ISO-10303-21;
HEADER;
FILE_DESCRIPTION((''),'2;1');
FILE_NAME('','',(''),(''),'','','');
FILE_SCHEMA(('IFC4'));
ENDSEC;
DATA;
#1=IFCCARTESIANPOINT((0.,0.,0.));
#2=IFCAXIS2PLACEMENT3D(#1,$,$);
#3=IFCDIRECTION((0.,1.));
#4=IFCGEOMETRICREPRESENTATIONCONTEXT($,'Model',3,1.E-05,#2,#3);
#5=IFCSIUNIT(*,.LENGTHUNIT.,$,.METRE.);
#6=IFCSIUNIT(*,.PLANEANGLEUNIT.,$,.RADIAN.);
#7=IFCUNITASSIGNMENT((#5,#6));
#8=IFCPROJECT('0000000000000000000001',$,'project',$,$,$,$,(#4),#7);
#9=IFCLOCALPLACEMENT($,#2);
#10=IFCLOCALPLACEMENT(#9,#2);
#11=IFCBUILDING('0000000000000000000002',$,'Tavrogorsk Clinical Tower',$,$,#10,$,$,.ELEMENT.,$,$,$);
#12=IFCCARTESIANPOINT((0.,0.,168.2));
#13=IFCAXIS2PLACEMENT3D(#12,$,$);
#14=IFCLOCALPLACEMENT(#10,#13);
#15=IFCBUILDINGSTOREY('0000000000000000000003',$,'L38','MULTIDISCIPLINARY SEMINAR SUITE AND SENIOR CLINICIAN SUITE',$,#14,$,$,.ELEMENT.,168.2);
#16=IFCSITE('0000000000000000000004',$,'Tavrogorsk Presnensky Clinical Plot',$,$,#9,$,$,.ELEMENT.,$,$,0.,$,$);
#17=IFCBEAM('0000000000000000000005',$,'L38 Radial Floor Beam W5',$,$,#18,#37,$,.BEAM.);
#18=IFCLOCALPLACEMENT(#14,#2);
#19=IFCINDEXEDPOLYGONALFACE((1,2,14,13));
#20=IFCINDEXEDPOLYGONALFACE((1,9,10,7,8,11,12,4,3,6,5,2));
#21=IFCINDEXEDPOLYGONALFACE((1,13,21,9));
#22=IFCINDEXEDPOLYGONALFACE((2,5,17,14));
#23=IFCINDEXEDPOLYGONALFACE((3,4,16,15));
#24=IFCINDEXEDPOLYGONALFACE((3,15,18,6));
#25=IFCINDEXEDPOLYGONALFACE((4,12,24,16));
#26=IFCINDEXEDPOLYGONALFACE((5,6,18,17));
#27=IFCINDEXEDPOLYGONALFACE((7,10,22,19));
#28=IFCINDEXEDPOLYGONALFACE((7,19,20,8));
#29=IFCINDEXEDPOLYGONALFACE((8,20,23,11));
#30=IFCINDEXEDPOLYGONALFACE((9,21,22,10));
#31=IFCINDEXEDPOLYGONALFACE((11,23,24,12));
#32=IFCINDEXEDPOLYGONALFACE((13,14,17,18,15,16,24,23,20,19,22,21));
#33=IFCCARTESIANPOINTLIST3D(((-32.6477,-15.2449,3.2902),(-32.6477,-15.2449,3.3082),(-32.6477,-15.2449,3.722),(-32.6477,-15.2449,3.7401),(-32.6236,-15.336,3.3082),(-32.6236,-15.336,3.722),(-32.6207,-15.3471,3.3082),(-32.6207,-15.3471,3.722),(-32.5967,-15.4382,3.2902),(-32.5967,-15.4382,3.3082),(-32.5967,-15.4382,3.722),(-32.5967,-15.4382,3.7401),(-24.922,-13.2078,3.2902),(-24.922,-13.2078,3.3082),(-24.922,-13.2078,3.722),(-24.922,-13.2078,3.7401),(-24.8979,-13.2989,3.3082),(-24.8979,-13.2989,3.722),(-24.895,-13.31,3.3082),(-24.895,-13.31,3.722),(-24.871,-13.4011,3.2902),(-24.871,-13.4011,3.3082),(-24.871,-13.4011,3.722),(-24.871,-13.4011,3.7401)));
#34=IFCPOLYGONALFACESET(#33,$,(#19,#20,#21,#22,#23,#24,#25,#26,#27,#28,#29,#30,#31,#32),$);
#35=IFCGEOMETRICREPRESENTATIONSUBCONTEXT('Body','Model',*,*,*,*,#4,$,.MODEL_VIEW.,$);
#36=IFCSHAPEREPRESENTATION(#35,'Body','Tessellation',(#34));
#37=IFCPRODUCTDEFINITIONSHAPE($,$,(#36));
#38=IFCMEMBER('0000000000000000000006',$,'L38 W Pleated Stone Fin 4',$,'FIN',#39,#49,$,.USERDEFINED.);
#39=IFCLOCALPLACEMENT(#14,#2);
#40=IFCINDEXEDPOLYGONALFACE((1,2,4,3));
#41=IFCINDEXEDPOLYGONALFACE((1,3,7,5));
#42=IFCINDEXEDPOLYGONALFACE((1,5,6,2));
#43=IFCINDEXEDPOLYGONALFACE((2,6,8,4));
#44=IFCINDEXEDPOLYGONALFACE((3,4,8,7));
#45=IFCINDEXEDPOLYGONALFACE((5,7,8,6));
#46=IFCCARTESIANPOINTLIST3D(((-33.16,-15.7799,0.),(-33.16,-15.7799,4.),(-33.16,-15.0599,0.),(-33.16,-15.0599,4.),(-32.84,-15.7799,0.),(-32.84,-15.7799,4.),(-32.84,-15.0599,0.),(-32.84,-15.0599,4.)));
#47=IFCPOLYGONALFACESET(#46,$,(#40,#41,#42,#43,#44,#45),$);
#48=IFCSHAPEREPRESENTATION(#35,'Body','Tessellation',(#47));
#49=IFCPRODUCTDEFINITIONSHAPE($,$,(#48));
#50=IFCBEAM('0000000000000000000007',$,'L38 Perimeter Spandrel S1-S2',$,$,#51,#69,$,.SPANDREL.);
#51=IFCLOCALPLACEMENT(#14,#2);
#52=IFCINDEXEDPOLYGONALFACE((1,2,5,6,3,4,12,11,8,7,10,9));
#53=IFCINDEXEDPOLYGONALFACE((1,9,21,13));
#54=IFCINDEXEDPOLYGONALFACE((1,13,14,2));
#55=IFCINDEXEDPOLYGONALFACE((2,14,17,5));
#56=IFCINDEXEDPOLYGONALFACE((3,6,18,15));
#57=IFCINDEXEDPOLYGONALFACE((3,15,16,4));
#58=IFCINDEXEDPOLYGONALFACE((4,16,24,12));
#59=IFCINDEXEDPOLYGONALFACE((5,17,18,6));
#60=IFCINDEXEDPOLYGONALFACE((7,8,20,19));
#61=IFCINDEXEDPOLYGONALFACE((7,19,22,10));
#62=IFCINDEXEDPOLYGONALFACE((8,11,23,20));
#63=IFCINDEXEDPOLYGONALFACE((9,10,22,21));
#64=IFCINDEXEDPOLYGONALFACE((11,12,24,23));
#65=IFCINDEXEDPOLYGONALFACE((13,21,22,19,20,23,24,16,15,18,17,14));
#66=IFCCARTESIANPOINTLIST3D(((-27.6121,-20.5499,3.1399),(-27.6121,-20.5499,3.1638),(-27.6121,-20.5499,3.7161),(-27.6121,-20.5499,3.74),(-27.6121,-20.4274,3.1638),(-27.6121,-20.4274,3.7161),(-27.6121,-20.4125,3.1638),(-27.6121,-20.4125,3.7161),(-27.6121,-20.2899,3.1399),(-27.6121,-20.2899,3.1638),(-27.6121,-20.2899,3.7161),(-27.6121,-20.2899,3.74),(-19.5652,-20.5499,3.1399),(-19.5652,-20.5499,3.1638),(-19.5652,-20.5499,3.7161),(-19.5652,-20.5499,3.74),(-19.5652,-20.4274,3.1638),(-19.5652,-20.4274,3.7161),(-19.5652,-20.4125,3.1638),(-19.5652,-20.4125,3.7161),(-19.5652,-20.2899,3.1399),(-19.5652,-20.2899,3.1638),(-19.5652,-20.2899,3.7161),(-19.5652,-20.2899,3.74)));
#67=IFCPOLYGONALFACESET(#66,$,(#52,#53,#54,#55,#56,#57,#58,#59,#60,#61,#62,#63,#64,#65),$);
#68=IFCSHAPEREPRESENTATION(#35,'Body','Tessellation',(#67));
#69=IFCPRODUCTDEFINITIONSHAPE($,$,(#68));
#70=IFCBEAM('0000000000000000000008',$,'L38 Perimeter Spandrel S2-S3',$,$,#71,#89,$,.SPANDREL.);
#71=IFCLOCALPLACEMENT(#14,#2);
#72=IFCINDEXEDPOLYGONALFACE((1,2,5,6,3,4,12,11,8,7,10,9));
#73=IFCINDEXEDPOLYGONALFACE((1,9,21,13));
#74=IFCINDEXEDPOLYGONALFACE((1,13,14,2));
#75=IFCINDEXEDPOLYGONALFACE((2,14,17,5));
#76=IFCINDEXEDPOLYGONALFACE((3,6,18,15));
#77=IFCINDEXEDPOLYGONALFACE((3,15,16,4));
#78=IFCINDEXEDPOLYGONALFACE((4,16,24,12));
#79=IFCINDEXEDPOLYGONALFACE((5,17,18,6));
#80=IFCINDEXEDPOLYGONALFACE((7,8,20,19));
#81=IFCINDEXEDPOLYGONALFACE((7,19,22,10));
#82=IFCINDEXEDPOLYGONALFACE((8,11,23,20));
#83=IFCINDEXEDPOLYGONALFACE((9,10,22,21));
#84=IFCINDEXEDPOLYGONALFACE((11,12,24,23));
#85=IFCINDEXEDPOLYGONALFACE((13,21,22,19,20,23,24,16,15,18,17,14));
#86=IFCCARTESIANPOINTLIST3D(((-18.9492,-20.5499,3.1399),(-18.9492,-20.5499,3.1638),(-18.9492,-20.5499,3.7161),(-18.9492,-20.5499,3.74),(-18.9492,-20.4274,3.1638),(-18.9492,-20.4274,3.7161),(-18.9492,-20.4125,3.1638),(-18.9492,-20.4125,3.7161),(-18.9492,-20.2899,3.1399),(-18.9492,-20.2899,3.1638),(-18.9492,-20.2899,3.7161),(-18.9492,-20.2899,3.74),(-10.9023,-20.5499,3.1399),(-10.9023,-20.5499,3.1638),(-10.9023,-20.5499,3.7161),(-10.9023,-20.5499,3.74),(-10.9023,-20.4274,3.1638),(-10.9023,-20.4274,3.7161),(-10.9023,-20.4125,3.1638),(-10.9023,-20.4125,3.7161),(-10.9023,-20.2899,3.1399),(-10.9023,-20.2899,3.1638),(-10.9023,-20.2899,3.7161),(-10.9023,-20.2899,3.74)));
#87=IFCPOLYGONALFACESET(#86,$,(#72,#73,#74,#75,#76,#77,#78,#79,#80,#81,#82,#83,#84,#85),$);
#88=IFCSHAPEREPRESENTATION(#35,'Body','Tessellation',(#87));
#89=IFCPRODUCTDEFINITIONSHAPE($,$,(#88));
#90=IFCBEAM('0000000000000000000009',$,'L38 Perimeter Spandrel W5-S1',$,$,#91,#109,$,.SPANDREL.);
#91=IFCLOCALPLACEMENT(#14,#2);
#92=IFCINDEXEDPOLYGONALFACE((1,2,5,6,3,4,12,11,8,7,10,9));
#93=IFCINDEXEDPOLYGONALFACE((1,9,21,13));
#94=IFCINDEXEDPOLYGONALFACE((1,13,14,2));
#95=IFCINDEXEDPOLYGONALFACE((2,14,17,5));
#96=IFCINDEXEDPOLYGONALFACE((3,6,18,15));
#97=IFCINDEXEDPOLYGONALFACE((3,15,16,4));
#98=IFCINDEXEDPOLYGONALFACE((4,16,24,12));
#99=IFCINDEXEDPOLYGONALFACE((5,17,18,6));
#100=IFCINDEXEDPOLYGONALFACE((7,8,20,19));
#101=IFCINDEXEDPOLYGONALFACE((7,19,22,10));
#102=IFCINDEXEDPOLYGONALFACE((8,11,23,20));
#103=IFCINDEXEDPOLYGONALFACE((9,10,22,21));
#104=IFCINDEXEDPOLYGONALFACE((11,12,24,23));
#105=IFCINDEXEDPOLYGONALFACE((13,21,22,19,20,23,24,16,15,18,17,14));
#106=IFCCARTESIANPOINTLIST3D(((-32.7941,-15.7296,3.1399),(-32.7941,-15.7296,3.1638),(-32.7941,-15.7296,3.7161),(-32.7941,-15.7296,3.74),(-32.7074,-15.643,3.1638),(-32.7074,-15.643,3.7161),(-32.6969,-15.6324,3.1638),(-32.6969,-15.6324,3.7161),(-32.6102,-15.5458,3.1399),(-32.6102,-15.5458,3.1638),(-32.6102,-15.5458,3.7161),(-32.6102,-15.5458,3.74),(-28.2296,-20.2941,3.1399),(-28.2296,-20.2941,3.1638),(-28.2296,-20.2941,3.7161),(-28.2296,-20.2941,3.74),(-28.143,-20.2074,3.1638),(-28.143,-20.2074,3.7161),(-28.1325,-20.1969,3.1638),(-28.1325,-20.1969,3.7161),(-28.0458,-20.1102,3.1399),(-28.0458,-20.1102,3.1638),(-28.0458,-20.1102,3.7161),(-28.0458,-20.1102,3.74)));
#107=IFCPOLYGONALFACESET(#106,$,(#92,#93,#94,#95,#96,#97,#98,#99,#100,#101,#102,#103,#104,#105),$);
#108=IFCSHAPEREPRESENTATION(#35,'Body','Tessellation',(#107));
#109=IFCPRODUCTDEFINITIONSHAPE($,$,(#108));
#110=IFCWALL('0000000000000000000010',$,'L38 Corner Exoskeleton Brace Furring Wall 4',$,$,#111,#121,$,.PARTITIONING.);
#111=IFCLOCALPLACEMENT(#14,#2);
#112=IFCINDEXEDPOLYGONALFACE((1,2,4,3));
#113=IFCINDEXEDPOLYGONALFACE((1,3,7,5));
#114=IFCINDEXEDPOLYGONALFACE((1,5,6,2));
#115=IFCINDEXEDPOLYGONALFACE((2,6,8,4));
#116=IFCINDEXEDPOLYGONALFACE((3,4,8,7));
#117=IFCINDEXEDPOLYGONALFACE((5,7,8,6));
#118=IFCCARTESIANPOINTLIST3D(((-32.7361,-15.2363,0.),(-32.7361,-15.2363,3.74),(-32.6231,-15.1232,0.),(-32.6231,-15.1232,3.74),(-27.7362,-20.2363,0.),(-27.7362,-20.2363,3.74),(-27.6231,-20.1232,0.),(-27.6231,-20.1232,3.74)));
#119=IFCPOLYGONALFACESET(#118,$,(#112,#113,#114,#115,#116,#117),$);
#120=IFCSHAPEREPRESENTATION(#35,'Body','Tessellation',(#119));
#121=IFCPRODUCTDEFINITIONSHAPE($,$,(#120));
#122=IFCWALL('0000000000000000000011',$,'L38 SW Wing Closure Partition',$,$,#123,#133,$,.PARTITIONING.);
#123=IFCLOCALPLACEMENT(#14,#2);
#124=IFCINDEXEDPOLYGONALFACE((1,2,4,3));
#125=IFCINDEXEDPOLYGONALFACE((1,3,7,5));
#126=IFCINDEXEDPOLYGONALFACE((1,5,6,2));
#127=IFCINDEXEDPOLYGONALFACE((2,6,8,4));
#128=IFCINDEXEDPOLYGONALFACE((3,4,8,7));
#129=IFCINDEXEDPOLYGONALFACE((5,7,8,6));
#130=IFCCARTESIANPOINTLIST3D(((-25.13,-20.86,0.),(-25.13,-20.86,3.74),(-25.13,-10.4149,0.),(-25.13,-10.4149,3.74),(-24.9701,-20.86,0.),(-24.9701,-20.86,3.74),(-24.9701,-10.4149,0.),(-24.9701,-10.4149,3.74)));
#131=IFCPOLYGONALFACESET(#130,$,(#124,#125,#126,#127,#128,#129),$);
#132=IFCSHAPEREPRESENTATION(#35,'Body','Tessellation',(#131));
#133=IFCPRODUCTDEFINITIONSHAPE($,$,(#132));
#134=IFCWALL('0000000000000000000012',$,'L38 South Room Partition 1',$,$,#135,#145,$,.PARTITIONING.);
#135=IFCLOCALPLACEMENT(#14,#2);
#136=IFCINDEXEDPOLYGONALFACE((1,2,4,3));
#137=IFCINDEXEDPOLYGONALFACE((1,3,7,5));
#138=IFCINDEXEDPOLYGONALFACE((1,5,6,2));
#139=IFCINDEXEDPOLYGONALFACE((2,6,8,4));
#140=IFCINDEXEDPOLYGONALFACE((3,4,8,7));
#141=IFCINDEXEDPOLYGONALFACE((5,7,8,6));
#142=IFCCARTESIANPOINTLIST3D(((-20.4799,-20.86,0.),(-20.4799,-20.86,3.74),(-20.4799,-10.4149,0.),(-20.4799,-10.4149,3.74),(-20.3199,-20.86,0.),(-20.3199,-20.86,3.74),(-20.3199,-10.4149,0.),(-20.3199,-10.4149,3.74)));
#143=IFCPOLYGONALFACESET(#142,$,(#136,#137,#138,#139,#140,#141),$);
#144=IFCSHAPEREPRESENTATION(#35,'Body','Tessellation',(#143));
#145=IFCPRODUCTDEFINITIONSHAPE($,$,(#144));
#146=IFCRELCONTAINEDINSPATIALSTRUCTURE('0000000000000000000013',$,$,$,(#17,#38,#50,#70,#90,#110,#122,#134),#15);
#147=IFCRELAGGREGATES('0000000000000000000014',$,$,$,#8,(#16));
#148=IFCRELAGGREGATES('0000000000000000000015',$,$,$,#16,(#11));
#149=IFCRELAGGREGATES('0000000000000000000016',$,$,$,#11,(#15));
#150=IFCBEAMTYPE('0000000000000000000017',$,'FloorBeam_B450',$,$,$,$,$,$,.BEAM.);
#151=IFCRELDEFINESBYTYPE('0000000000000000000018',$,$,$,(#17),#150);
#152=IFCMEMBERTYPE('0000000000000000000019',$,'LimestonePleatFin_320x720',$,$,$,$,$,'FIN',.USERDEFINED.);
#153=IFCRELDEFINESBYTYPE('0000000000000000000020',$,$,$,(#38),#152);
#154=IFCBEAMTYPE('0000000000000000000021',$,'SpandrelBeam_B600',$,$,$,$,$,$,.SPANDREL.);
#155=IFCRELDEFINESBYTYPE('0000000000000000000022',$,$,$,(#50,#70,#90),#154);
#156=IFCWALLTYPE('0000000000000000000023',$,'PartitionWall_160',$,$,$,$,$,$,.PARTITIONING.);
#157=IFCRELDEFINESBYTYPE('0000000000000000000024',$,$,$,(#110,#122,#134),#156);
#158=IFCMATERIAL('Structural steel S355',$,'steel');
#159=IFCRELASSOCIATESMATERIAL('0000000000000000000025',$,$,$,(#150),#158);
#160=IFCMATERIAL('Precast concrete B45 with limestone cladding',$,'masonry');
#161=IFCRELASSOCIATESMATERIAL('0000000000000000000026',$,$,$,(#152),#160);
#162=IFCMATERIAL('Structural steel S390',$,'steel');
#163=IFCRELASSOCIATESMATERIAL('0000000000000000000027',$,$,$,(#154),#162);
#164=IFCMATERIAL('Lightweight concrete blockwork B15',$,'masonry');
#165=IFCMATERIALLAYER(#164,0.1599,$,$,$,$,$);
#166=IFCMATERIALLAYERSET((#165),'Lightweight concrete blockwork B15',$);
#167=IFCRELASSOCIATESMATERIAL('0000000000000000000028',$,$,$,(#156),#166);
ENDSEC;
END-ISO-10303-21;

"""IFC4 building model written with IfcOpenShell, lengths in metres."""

from ifc_helpers import new_model, si_unit, direction, frame, frame_2d, origin, origin_2d, place, context, subcontext, project, spatial, rectangle, i_section, extrude, material, layer, layer_set, material_profile, profile_set, type_object, element, save


model = new_model("IFC4")

# Units and contexts
model_context = context("Model", 3, precision=1e-05, world=origin(), true_north=direction((0.0, 1.0)))
body_context = subcontext(model_context, "Body", "Model", "MODEL_VIEW")
ifc_project = project(units=[si_unit("LENGTHUNIT", "METRE"), si_unit("PLANEANGLEUNIT", "RADIAN")], contexts=[model_context])

# Site, building, storey
site_placement = place(None, origin())
site = spatial("IfcSite", under=ifc_project, at=site_placement, Name="Tavrogorsk Presnensky Clinical Plot", CompositionType="ELEMENT", RefElevation=0.0)
building_placement = place(site_placement, origin())
building = spatial("IfcBuilding", under=site, at=building_placement, Name="Tavrogorsk Clinical Tower", CompositionType="ELEMENT")
storey_placement = place(building_placement, frame((0.0, 0.0, 168.2)))
storey = spatial("IfcBuildingStorey", under=building, at=storey_placement, Name="L38", Description="MULTIDISCIPLINARY SEMINAR SUITE AND SENIOR CLINICIAN SUITE", CompositionType="ELEMENT", Elevation=168.2)

# Beam
ifc_material_1 = material(Name="Structural steel S355", Category="steel")
ifc_material_profile_1 = material_profile(ifc_material_1, i_section(OverallWidth=0.2, OverallDepth=0.45, WebThickness=0.0115, FlangeThickness=0.0181, at=origin_2d()), Name="B-450x200x11.5x18")
ifc_profile_set_1 = profile_set([ifc_material_profile_1], Name="Structural steel S355")
beam_type_1 = type_object("IfcBeamType", Name="FloorBeam_B450", PredefinedType="BEAM", material=ifc_profile_set_1)
beam_1_placement = place(storey_placement, frame((-24.8965, -13.3044, 3.5151), z_axis=(-0.966949, -0.254969, 0.0), x_axis=(0.254969, -0.966949, 0.0)))
element("IfcBeam", 1, at=beam_1_placement, inside=storey, type_object=beam_type_1, Name="L38 Radial Floor Beam W5", PredefinedType="BEAM", context=body_context, shape_type="SweptSolid", body=[
    extrude(i_section(OverallWidth=0.2, OverallDepth=0.45, WebThickness=0.0115, FlangeThickness=0.0181, at=origin_2d()), origin(), (0.0, 0.0, 1.0), 7.9897),
])

# Member
ifc_material_2 = material(Name="Precast concrete B45 with limestone cladding", Category="masonry")
ifc_material_profile_2 = material_profile(ifc_material_2, rectangle(XDim=0.3201, YDim=0.72, at=origin_2d()), Name="LIMESTONE-FIN-320x720")
ifc_profile_set_2 = profile_set([ifc_material_profile_2], Name="Precast concrete B45 with limestone cladding")
member_type_1 = type_object("IfcMemberType", Name="LimestonePleatFin_320x720", ElementType="FIN", PredefinedType="USERDEFINED", material=ifc_profile_set_2)
member_1_placement = place(storey_placement, frame((-33.0, -15.4199, 0.0), z_axis=(0.0, 0.0, 1.0), x_axis=(1.0, 0.0, 0.0)))
element("IfcMember", 2, at=member_1_placement, inside=storey, type_object=member_type_1, Name="L38 W Pleated Stone Fin 4", ObjectType="FIN", PredefinedType="USERDEFINED", context=body_context, shape_type="SweptSolid", body=[
    extrude(rectangle(XDim=0.3201, YDim=0.72, at=origin_2d()), origin(), (0.0, 0.0, 1.0), 4.0),
])

# Beams
ifc_material_3 = material(Name="Structural steel S390", Category="steel")
ifc_material_profile_3 = material_profile(ifc_material_3, i_section(OverallWidth=0.26, OverallDepth=0.6001, WebThickness=0.0149, FlangeThickness=0.0239, at=origin_2d()), Name="B-600x260x15x24")
ifc_profile_set_3 = profile_set([ifc_material_profile_3], Name="Structural steel S390")
beam_type_2 = type_object("IfcBeamType", Name="SpandrelBeam_B600", PredefinedType="SPANDREL", material=ifc_profile_set_3)
for number, where, z_axis, x_axis, name in (
    (3, (-27.6121, -20.4199, 3.4399), (1.0, 0.0, 0.0), (0.0, 1.0, 0.0), "L38 Perimeter Spandrel S1-S2"),
    (4, (-18.9492, -20.4199, 3.4399), (1.0, 0.0, 0.0), (0.0, 1.0, 0.0), "L38 Perimeter Spandrel S2-S3"),
):
    element("IfcBeam", number, at=place(storey_placement, frame(where, z_axis=z_axis, x_axis=x_axis)), inside=storey, type_object=beam_type_2, Name=name, PredefinedType="SPANDREL", context=body_context, shape_type="SweptSolid", body=[
        extrude(i_section(OverallWidth=0.26, OverallDepth=0.6001, WebThickness=0.0149, FlangeThickness=0.0239, at=origin_2d()), origin(), (0.0, 0.0, 1.0), 8.0469),
    ])
beam_2_placement = place(storey_placement, frame((-32.7021, -15.6377, 3.4399), z_axis=(0.707107, -0.707107, 0.0), x_axis=(0.707107, 0.707107, 0.0)))
element("IfcBeam", 5, at=beam_2_placement, inside=storey, type_object=beam_type_2, Name="L38 Perimeter Spandrel W5-S1", PredefinedType="SPANDREL", context=body_context, shape_type="SweptSolid", body=[
    extrude(i_section(OverallWidth=0.26, OverallDepth=0.6001, WebThickness=0.0149, FlangeThickness=0.0239, at=origin_2d()), origin(), (0.0, 0.0, 1.0), 6.4551),
])

# Walls
ifc_material_4 = material(Name="Lightweight concrete blockwork B15", Category="masonry")
ifc_layer_1 = layer(ifc_material_4, 0.1599)
ifc_layer_set_1 = layer_set([ifc_layer_1], Name="Lightweight concrete blockwork B15")
wall_type_1 = type_object("IfcWallType", Name="PartitionWall_160", PredefinedType="PARTITIONING", material=ifc_layer_set_1)
wall_1_placement = place(storey_placement, frame((-32.6797, -15.1797, 0.0), z_axis=(0.0, 0.0, 1.0), x_axis=(0.707107, -0.707107, 0.0)))
element("IfcWall", 6, at=wall_1_placement, inside=storey, type_object=wall_type_1, Name="L38 Corner Exoskeleton Brace Furring Wall 4", PredefinedType="PARTITIONING", context=body_context, shape_type="SweptSolid", body=[
    extrude(rectangle(XDim=7.071, YDim=0.1599, at=frame_2d((3.5356, 0.0))), origin(), (0.0, 0.0, 1.0), 3.74),
])
for number, where, z_axis, x_axis, name in (
    (7, (-25.05, -20.8601, 0.0), (0.0, 0.0, 1.0), (0.0, 1.0, 0.0), "L38 SW Wing Closure Partition"),
    (8, (-20.3999, -20.8601, 0.0), (0.0, 0.0, 1.0), (0.0, 1.0, 0.0), "L38 South Room Partition 1"),
):
    element("IfcWall", number, at=place(storey_placement, frame(where, z_axis=z_axis, x_axis=x_axis)), inside=storey, type_object=wall_type_1, Name=name, PredefinedType="PARTITIONING", context=body_context, shape_type="SweptSolid", body=[
        extrude(rectangle(XDim=10.4451, YDim=0.1599, at=frame_2d((5.2227, 0.0))), origin(), (0.0, 0.0, 1.0), 3.74),
    ])

save(model, "model.ifc")
